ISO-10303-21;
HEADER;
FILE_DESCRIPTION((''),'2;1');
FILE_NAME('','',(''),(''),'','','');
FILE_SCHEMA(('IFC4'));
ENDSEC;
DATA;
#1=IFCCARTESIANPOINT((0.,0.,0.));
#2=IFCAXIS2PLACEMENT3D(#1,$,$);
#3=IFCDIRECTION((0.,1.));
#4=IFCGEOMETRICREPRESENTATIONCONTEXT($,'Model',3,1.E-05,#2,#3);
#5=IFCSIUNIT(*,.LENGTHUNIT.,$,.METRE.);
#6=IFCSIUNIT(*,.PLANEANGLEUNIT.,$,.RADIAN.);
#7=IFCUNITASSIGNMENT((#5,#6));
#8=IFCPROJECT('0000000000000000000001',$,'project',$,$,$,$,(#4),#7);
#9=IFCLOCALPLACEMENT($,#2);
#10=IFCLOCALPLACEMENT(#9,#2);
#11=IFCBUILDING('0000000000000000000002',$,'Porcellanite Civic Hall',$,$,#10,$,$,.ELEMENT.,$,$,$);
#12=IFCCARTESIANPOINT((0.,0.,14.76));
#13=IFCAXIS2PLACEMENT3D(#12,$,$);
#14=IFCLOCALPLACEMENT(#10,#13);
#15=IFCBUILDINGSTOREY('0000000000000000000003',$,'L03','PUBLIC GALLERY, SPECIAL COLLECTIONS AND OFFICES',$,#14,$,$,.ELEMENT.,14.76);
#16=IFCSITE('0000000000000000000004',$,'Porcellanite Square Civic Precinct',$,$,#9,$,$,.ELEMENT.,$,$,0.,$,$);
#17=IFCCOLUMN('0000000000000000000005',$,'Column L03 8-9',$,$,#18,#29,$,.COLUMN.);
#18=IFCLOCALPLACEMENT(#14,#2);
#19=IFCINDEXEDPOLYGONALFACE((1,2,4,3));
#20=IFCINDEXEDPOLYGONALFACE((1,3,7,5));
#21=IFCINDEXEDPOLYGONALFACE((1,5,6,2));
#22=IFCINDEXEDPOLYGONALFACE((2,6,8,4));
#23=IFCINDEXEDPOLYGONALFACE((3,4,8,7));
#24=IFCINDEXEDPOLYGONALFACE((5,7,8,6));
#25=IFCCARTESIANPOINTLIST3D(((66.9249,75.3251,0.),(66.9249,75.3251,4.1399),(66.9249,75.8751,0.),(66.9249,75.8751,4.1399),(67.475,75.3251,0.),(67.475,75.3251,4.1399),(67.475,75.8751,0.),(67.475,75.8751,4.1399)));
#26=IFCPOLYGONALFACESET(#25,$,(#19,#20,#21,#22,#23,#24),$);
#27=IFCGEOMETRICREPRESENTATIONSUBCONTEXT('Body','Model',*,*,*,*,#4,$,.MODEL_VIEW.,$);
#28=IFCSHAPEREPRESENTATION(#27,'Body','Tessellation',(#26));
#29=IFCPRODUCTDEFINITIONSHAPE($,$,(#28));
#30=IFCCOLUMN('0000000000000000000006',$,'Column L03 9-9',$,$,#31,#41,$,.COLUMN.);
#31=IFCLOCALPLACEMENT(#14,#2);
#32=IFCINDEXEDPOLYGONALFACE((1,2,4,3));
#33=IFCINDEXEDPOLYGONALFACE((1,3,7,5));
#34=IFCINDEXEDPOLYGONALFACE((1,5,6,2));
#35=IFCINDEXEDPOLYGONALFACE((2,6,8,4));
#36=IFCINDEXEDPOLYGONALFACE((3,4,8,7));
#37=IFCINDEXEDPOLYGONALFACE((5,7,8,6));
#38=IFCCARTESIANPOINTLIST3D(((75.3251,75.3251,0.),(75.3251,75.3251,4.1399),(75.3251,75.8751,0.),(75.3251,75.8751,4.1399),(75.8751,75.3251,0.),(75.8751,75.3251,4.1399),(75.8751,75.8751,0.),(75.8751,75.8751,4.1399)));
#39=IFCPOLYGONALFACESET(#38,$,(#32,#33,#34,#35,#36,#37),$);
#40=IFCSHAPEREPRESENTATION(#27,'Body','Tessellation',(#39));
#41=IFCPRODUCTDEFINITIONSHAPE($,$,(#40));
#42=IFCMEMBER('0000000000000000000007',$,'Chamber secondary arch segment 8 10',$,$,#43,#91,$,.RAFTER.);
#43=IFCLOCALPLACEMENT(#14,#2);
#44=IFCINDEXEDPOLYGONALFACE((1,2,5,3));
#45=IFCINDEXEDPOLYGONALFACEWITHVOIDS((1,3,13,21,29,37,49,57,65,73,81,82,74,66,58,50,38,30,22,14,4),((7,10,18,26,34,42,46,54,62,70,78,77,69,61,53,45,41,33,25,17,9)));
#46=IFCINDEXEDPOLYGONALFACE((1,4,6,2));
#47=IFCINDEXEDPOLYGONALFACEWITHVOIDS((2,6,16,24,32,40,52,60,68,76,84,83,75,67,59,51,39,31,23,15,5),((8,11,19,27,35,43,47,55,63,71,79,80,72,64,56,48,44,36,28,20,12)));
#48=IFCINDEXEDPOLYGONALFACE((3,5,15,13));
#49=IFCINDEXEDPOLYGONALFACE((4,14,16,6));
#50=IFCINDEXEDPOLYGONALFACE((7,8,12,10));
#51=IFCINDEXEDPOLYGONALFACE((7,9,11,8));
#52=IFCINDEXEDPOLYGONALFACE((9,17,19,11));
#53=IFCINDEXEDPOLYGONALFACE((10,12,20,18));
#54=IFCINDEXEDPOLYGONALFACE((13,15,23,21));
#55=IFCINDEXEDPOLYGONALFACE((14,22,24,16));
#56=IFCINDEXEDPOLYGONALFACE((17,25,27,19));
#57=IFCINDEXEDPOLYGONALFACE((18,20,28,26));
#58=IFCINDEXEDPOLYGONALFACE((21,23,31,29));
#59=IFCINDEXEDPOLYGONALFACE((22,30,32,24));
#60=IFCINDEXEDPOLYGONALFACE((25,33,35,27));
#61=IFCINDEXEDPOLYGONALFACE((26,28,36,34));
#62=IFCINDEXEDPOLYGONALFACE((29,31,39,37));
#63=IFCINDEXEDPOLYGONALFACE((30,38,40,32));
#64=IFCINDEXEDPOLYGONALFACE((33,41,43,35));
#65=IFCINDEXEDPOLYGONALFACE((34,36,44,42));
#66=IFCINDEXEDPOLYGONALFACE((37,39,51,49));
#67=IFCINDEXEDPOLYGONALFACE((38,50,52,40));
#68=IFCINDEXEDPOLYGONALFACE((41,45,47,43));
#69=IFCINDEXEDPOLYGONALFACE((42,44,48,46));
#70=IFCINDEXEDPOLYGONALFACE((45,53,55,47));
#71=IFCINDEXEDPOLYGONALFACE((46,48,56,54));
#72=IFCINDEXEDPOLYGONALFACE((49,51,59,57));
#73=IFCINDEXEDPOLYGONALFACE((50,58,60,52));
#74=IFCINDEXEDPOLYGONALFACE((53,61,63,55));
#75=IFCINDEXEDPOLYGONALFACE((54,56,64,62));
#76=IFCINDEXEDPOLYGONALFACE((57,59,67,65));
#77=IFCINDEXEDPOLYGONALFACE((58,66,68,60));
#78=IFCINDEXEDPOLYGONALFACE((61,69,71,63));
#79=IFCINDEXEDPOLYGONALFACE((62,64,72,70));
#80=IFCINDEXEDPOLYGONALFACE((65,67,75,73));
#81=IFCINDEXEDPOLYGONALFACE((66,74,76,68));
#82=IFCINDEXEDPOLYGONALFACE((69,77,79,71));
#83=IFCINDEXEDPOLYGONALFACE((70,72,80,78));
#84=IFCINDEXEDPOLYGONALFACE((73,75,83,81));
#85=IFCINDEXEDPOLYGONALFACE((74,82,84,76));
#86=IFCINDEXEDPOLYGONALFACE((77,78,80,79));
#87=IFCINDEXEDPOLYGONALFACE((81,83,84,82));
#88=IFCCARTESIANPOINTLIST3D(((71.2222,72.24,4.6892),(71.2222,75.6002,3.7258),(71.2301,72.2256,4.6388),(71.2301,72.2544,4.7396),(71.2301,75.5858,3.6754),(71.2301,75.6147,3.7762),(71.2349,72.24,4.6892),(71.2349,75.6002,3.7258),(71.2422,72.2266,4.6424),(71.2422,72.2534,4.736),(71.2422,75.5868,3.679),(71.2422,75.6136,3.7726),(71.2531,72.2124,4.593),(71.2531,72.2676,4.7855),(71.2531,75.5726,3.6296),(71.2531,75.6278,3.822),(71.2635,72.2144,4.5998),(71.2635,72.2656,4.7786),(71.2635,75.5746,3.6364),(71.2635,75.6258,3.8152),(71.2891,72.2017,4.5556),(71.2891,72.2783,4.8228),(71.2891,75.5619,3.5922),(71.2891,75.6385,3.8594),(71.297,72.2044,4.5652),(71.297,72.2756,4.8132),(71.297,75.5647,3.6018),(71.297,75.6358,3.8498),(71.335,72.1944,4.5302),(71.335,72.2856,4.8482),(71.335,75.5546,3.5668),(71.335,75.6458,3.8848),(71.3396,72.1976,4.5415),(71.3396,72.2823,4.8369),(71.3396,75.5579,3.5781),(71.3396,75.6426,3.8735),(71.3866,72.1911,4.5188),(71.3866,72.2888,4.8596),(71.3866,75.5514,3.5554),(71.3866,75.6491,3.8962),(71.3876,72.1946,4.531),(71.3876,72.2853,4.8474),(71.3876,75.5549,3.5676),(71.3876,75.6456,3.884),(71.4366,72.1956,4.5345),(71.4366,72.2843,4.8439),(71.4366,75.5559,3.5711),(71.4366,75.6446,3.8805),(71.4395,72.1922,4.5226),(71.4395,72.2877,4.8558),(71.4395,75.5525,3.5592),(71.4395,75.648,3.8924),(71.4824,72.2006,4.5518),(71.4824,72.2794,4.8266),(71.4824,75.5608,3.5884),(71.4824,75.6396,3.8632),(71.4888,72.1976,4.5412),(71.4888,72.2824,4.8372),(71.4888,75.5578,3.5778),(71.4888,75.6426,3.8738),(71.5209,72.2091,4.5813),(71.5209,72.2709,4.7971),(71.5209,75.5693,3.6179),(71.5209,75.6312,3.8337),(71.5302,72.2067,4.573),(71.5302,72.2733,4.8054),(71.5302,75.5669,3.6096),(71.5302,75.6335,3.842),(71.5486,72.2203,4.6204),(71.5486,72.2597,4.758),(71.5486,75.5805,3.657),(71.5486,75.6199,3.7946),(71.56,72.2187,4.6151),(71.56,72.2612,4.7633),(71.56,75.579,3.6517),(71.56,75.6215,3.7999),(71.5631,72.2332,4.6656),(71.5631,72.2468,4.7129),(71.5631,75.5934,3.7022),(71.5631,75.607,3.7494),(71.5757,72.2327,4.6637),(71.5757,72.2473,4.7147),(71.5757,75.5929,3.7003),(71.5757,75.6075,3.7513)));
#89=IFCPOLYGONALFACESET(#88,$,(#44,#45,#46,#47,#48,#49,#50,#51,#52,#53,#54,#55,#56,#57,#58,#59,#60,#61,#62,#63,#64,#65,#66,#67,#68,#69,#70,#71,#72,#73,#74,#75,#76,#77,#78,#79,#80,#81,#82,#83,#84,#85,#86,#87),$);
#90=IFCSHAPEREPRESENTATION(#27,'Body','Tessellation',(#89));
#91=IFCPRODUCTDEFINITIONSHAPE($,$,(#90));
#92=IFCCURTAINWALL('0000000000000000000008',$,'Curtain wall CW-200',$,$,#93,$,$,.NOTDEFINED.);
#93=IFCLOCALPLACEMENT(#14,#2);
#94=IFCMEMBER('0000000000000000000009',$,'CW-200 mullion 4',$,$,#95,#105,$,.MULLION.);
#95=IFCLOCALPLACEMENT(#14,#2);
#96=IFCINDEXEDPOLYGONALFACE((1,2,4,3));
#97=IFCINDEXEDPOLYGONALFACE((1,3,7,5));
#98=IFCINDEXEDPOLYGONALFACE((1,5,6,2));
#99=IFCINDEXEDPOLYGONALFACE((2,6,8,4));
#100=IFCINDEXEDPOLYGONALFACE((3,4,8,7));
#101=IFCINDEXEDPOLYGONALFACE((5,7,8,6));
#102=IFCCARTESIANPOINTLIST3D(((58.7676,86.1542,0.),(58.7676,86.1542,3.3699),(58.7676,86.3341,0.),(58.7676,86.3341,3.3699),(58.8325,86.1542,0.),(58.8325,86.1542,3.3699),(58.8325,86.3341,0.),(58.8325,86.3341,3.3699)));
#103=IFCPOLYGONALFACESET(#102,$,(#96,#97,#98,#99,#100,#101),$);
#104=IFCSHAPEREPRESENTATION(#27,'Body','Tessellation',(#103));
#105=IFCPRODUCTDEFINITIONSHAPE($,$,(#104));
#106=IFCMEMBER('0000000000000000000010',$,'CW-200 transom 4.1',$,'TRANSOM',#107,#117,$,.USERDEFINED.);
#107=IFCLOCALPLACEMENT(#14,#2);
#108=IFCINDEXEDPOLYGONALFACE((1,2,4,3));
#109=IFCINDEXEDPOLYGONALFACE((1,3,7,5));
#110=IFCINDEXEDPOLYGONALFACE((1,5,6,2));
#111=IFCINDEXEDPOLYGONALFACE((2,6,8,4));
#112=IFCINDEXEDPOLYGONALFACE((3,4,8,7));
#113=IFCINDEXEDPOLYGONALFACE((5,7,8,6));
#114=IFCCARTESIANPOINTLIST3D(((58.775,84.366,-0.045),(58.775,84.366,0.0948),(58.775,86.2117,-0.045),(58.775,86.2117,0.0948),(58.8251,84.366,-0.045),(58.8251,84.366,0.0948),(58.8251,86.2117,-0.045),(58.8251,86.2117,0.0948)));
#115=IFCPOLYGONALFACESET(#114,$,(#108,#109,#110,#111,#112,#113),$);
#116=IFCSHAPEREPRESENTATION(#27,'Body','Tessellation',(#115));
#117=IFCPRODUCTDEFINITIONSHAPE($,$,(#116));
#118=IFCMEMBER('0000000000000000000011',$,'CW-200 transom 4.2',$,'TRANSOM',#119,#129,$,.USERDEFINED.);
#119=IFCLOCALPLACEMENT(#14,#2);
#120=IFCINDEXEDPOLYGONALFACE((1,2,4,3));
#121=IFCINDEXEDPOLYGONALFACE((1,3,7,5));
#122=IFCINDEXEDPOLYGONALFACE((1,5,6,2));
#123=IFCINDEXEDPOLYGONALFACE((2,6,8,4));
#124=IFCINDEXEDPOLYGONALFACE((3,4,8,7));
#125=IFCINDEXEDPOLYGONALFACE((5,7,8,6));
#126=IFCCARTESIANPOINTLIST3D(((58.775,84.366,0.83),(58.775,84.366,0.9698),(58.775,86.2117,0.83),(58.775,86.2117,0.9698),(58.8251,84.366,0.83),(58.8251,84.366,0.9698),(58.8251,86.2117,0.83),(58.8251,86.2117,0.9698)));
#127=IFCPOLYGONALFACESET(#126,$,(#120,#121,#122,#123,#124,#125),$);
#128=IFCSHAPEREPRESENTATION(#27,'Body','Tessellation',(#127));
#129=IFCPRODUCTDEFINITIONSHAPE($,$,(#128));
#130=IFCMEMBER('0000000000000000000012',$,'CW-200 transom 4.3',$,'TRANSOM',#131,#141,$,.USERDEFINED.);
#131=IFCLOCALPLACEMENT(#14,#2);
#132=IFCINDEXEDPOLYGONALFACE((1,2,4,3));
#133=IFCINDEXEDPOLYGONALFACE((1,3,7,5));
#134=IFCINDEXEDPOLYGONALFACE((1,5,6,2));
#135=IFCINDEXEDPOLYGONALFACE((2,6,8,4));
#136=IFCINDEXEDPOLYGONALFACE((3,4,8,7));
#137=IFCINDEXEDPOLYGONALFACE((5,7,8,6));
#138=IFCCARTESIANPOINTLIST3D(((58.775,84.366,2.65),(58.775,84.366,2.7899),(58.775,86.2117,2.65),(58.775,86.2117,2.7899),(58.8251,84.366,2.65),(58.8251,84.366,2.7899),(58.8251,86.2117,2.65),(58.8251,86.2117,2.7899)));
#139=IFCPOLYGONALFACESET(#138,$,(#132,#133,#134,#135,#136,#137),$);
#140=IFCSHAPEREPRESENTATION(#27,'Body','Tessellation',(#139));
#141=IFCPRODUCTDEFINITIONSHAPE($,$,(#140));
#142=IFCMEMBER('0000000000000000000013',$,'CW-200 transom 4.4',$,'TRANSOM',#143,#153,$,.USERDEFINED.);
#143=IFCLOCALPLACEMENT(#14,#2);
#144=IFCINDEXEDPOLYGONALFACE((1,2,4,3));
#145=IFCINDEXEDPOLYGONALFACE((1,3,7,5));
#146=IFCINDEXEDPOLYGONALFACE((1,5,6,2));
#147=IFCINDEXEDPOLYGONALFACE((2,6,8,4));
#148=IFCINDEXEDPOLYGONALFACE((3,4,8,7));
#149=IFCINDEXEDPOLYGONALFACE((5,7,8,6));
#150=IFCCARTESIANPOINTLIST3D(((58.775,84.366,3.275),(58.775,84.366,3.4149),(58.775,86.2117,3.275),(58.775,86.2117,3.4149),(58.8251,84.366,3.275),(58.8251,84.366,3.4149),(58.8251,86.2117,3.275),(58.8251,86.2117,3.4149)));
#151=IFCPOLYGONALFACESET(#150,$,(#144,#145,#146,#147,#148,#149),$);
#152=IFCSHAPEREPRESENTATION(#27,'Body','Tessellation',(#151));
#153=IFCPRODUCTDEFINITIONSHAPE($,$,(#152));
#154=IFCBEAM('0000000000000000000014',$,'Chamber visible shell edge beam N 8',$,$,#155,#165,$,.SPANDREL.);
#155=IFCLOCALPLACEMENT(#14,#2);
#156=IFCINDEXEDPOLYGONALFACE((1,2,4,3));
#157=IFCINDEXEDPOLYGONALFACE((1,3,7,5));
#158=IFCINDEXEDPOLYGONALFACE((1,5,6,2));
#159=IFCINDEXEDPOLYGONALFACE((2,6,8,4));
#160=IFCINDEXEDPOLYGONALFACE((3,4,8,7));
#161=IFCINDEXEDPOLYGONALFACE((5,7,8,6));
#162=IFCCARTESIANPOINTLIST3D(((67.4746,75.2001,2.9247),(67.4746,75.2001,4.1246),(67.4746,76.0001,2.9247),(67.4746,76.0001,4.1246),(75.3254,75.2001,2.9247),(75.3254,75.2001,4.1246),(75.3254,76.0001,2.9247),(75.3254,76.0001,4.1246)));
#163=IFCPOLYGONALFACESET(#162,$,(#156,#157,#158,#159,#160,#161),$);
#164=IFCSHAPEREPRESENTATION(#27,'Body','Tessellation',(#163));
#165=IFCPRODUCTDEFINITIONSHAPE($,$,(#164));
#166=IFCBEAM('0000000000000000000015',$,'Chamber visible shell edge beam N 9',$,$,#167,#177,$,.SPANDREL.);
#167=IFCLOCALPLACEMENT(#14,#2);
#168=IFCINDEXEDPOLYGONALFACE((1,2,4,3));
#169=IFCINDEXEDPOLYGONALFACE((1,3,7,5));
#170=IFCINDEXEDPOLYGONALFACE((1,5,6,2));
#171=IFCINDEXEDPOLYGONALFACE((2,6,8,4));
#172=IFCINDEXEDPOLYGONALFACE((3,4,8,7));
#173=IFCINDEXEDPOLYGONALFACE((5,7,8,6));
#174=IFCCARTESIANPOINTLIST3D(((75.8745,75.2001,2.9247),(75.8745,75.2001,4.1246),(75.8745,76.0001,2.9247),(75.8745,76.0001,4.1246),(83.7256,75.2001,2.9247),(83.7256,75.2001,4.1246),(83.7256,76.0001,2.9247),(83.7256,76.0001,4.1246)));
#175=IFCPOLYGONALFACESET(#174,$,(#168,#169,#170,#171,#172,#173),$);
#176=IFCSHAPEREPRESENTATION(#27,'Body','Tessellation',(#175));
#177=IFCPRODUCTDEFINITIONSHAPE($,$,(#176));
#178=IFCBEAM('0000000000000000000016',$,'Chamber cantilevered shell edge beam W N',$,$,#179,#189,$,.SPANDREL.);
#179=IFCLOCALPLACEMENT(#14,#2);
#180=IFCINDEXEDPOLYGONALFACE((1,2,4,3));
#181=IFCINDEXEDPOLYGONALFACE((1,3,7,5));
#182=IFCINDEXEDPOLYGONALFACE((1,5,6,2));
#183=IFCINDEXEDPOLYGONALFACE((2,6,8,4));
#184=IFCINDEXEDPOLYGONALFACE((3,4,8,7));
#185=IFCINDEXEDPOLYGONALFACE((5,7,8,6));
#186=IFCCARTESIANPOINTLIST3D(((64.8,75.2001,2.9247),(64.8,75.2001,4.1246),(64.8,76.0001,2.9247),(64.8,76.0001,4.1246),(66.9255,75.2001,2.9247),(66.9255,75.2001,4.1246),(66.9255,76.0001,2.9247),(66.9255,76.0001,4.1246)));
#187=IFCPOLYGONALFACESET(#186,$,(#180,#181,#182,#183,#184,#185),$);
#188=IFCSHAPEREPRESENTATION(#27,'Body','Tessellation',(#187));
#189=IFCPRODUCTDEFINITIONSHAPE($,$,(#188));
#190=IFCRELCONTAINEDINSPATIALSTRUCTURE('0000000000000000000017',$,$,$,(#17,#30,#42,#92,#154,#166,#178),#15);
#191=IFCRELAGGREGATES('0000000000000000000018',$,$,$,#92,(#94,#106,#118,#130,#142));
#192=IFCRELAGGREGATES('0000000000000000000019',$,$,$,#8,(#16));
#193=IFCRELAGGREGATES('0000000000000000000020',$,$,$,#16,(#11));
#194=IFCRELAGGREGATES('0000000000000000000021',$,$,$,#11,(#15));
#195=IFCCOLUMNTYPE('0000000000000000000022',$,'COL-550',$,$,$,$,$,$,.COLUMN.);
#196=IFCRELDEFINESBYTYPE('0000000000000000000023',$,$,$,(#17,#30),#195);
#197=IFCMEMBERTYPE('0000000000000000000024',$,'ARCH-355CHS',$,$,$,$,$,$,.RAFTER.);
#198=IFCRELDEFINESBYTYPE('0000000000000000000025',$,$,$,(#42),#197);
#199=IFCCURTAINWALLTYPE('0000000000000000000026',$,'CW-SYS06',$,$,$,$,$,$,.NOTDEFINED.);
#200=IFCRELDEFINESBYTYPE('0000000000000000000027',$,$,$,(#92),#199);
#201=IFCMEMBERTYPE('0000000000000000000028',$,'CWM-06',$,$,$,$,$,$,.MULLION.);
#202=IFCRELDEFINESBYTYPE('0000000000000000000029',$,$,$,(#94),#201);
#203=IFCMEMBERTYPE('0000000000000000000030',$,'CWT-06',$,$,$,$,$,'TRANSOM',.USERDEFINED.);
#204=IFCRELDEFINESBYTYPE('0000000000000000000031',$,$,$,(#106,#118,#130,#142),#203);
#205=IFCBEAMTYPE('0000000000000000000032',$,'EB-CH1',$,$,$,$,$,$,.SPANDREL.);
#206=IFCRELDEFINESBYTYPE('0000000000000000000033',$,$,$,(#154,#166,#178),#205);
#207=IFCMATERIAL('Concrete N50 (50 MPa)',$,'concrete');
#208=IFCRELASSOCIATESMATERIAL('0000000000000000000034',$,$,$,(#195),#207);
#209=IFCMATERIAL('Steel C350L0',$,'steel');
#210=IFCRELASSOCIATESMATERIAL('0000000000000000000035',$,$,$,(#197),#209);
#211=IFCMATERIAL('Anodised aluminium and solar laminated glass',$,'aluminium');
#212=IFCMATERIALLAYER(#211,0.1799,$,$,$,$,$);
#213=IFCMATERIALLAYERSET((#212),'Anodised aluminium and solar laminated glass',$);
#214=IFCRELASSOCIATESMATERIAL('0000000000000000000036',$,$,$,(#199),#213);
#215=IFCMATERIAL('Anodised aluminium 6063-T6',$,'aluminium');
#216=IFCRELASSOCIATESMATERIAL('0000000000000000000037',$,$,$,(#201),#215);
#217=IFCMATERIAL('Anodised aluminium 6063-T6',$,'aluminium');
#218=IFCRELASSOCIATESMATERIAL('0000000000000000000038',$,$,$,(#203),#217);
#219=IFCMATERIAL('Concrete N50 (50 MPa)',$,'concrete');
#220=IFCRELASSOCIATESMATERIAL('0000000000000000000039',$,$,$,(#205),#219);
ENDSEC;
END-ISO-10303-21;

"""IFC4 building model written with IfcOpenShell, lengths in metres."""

from ifc_helpers import new_model, si_unit, direction, frame, origin, origin_2d, place, context, subcontext, project, spatial, rectangle, hollow_circle, extrude, material, layer, layer_set, material_profile, profile_set, type_object, element, aggregate, save


model = new_model("IFC4")

# Units and contexts
model_context = context("Model", 3, precision=1e-05, world=origin(), true_north=direction((0.0, 1.0)))
body_context = subcontext(model_context, "Body", "Model", "MODEL_VIEW")
ifc_project = project(units=[si_unit("LENGTHUNIT", "METRE"), si_unit("PLANEANGLEUNIT", "RADIAN")], contexts=[model_context])

# Site, building, storey
site_placement = place(None, origin())
site = spatial("IfcSite", under=ifc_project, at=site_placement, Name="Porcellanite Square Civic Precinct", CompositionType="ELEMENT", RefElevation=0.0)
building_placement = place(site_placement, origin())
building = spatial("IfcBuilding", under=site, at=building_placement, Name="Porcellanite Civic Hall", CompositionType="ELEMENT")
storey_placement = place(building_placement, frame((0.0, 0.0, 14.76)))
storey = spatial("IfcBuildingStorey", under=building, at=storey_placement, Name="L03", Description="PUBLIC GALLERY, SPECIAL COLLECTIONS AND OFFICES", CompositionType="ELEMENT", Elevation=14.76)

# Columns
ifc_material_1 = material(Name="Concrete N50 (50 MPa)", Category="concrete")
ifc_material_profile_1 = material_profile(ifc_material_1, rectangle(XDim=0.55, YDim=0.55, at=origin_2d()), Name="RC-550x550")
ifc_profile_set_1 = profile_set([ifc_material_profile_1], Name="Concrete N50 (50 MPa)")
column_type = type_object("IfcColumnType", Name="COL-550", PredefinedType="COLUMN", material=ifc_profile_set_1)
for number, where, z_axis, x_axis, name in (
    (1, (67.2, 75.6001, 0.0), (0.0, 0.0, 1.0), (1.0, 0.0, 0.0), "Column L03 8-9"),
    (2, (75.6001, 75.6001, 0.0), (0.0, 0.0, 1.0), (1.0, 0.0, 0.0), "Column L03 9-9"),
):
    element("IfcColumn", number, at=place(storey_placement, frame(where, z_axis=z_axis, x_axis=x_axis)), inside=storey, type_object=column_type, Name=name, PredefinedType="COLUMN", context=body_context, shape_type="SweptSolid", body=[
        extrude(rectangle(XDim=0.55, YDim=0.55, at=origin_2d()), origin(), (0.0, 0.0, 1.0), 4.1399),
    ])

# Member
ifc_material_2 = material(Name="Steel C350L0", Category="steel")
ifc_material_profile_2 = material_profile(ifc_material_2, hollow_circle(Radius=0.1777, WallThickness=0.0127, at=origin_2d()), Name="355.6x12.7CHS")
ifc_profile_set_2 = profile_set([ifc_material_profile_2], Name="Steel C350L0")
member_type_1 = type_object("IfcMemberType", Name="ARCH-355CHS", PredefinedType="RAFTER", material=ifc_profile_set_2)
member_1_placement = place(storey_placement, frame((71.3999, 72.24, 4.6892), z_axis=(0.0, 0.961271, -0.275607), x_axis=(-1.0, 0.0, 0.0)))
element("IfcMember", 3, at=member_1_placement, inside=storey, type_object=member_type_1, Name="Chamber secondary arch segment 8 10", PredefinedType="RAFTER", context=body_context, shape_type="SweptSolid", body=[
    extrude(hollow_circle(Radius=0.1777, WallThickness=0.0127, at=origin_2d()), origin(), (0.0, 0.0, 1.0), 3.4956),
])

# Curtain wall, members
ifc_material_3 = material(Name="Anodised aluminium and solar laminated glass", Category="aluminium")
ifc_layer_1 = layer(ifc_material_3, 0.1799)
ifc_layer_set_1 = layer_set([ifc_layer_1], Name="Anodised aluminium and solar laminated glass")
curtain_wall_type = type_object("IfcCurtainWallType", Name="CW-SYS06", PredefinedType="NOTDEFINED", material=ifc_layer_set_1)
curtain_wall_placement = place(storey_placement, origin())
curtain_wall = element("IfcCurtainWall", 4, at=curtain_wall_placement, inside=storey, type_object=curtain_wall_type, Name="Curtain wall CW-200", PredefinedType="NOTDEFINED")
ifc_material_4 = material(Name="Anodised aluminium 6063-T6", Category="aluminium")
ifc_material_profile_3 = material_profile(ifc_material_4, rectangle(XDim=0.0649, YDim=0.1799, at=origin_2d()), Name="AL-65x180")
ifc_profile_set_3 = profile_set([ifc_material_profile_3], Name="Anodised aluminium 6063-T6")
member_type_2 = type_object("IfcMemberType", Name="CWM-06", PredefinedType="MULLION", material=ifc_profile_set_3)
member_2_placement = place(storey_placement, frame((58.8, 86.2441, 0.0), z_axis=(0.0, 0.0, 1.0), x_axis=(1.0, 0.0, 0.0)))
member_2 = element("IfcMember", 5, at=member_2_placement, type_object=member_type_2, Name="CW-200 mullion 4", PredefinedType="MULLION", context=body_context, shape_type="SweptSolid", body=[
    extrude(rectangle(XDim=0.0649, YDim=0.1799, at=origin_2d()), origin(), (0.0, 0.0, 1.0), 3.3699),
])
ifc_material_5 = material(Name="Anodised aluminium 6063-T6", Category="aluminium")
ifc_material_profile_4 = material_profile(ifc_material_5, rectangle(XDim=0.05, YDim=0.1399, at=origin_2d()), Name="AL-50x140")
ifc_profile_set_4 = profile_set([ifc_material_profile_4], Name="Anodised aluminium 6063-T6")
member_type_3 = type_object("IfcMemberType", Name="CWT-06", ElementType="TRANSOM", PredefinedType="USERDEFINED", material=ifc_profile_set_4)
member_3_placement = place(storey_placement, frame((58.8, 86.2117, 0.0249), z_axis=(0.0, -1.0, 0.0), x_axis=(1.0, 0.0, 0.0)))
member_3 = element("IfcMember", 6, at=member_3_placement, type_object=member_type_3, Name="CW-200 transom 4.1", ObjectType="TRANSOM", PredefinedType="USERDEFINED", context=body_context, shape_type="SweptSolid", body=[
    extrude(rectangle(XDim=0.05, YDim=0.1399, at=origin_2d()), origin(), (0.0, 0.0, 1.0), 1.8457),
])
member_4_placement = place(storey_placement, frame((58.8, 86.2117, 0.8999), z_axis=(0.0, -1.0, 0.0), x_axis=(1.0, 0.0, 0.0)))
member_4 = element("IfcMember", 7, at=member_4_placement, type_object=member_type_3, Name="CW-200 transom 4.2", ObjectType="TRANSOM", PredefinedType="USERDEFINED", context=body_context, shape_type="SweptSolid", body=[
    extrude(rectangle(XDim=0.05, YDim=0.1399, at=origin_2d()), origin(), (0.0, 0.0, 1.0), 1.8457),
])
member_5_placement = place(storey_placement, frame((58.8, 86.2117, 2.72), z_axis=(0.0, -1.0, 0.0), x_axis=(1.0, 0.0, 0.0)))
member_5 = element("IfcMember", 8, at=member_5_placement, type_object=member_type_3, Name="CW-200 transom 4.3", ObjectType="TRANSOM", PredefinedType="USERDEFINED", context=body_context, shape_type="SweptSolid", body=[
    extrude(rectangle(XDim=0.05, YDim=0.1399, at=origin_2d()), origin(), (0.0, 0.0, 1.0), 1.8457),
])
member_6_placement = place(storey_placement, frame((58.8, 86.2117, 3.345), z_axis=(0.0, -1.0, 0.0), x_axis=(1.0, 0.0, 0.0)))
member_6 = element("IfcMember", 9, at=member_6_placement, type_object=member_type_3, Name="CW-200 transom 4.4", ObjectType="TRANSOM", PredefinedType="USERDEFINED", context=body_context, shape_type="SweptSolid", body=[
    extrude(rectangle(XDim=0.05, YDim=0.1399, at=origin_2d()), origin(), (0.0, 0.0, 1.0), 1.8457),
])

# Beams
ifc_material_6 = material(Name="Concrete N50 (50 MPa)", Category="concrete")
ifc_material_profile_5 = material_profile(ifc_material_6, rectangle(XDim=0.8, YDim=1.2, at=origin_2d()), Name="RC-800x1200")
ifc_profile_set_5 = profile_set([ifc_material_profile_5], Name="Concrete N50 (50 MPa)")
beam_type_1 = type_object("IfcBeamType", Name="EB-CH1", PredefinedType="SPANDREL", material=ifc_profile_set_5)
beam_1_placement = place(storey_placement, frame((67.4746, 75.6001, 3.5247), z_axis=(1.0, 0.0, 0.0), x_axis=(0.0, 1.0, 0.0)))
element("IfcBeam", 10, at=beam_1_placement, inside=storey, type_object=beam_type_1, Name="Chamber visible shell edge beam N 8", PredefinedType="SPANDREL", context=body_context, shape_type="SweptSolid", body=[
    extrude(rectangle(XDim=0.8, YDim=1.2, at=origin_2d()), origin(), (0.0, 0.0, 1.0), 7.8508),
])
beam_2_placement = place(storey_placement, frame((75.8745, 75.6001, 3.5247), z_axis=(1.0, 0.0, 0.0), x_axis=(0.0, 1.0, 0.0)))
element("IfcBeam", 11, at=beam_2_placement, inside=storey, type_object=beam_type_1, Name="Chamber visible shell edge beam N 9", PredefinedType="SPANDREL", context=body_context, shape_type="SweptSolid", body=[
    extrude(rectangle(XDim=0.8, YDim=1.2, at=origin_2d()), origin(), (0.0, 0.0, 1.0), 7.8511),
])
beam_3_placement = place(storey_placement, frame((66.9255, 75.6001, 3.5247), z_axis=(-1.0, 0.0, 0.0), x_axis=(0.0, -1.0, 0.0)))
element("IfcBeam", 12, at=beam_3_placement, inside=storey, type_object=beam_type_1, Name="Chamber cantilevered shell edge beam W N", PredefinedType="SPANDREL", context=body_context, shape_type="SweptSolid", body=[
    extrude(rectangle(XDim=0.8, YDim=1.2, at=origin_2d()), origin(), (0.0, 0.0, 1.0), 2.1255),
])

aggregate(curtain_wall, [member_2, member_3, member_4, member_5, member_6])

save(model, "model.ifc")
